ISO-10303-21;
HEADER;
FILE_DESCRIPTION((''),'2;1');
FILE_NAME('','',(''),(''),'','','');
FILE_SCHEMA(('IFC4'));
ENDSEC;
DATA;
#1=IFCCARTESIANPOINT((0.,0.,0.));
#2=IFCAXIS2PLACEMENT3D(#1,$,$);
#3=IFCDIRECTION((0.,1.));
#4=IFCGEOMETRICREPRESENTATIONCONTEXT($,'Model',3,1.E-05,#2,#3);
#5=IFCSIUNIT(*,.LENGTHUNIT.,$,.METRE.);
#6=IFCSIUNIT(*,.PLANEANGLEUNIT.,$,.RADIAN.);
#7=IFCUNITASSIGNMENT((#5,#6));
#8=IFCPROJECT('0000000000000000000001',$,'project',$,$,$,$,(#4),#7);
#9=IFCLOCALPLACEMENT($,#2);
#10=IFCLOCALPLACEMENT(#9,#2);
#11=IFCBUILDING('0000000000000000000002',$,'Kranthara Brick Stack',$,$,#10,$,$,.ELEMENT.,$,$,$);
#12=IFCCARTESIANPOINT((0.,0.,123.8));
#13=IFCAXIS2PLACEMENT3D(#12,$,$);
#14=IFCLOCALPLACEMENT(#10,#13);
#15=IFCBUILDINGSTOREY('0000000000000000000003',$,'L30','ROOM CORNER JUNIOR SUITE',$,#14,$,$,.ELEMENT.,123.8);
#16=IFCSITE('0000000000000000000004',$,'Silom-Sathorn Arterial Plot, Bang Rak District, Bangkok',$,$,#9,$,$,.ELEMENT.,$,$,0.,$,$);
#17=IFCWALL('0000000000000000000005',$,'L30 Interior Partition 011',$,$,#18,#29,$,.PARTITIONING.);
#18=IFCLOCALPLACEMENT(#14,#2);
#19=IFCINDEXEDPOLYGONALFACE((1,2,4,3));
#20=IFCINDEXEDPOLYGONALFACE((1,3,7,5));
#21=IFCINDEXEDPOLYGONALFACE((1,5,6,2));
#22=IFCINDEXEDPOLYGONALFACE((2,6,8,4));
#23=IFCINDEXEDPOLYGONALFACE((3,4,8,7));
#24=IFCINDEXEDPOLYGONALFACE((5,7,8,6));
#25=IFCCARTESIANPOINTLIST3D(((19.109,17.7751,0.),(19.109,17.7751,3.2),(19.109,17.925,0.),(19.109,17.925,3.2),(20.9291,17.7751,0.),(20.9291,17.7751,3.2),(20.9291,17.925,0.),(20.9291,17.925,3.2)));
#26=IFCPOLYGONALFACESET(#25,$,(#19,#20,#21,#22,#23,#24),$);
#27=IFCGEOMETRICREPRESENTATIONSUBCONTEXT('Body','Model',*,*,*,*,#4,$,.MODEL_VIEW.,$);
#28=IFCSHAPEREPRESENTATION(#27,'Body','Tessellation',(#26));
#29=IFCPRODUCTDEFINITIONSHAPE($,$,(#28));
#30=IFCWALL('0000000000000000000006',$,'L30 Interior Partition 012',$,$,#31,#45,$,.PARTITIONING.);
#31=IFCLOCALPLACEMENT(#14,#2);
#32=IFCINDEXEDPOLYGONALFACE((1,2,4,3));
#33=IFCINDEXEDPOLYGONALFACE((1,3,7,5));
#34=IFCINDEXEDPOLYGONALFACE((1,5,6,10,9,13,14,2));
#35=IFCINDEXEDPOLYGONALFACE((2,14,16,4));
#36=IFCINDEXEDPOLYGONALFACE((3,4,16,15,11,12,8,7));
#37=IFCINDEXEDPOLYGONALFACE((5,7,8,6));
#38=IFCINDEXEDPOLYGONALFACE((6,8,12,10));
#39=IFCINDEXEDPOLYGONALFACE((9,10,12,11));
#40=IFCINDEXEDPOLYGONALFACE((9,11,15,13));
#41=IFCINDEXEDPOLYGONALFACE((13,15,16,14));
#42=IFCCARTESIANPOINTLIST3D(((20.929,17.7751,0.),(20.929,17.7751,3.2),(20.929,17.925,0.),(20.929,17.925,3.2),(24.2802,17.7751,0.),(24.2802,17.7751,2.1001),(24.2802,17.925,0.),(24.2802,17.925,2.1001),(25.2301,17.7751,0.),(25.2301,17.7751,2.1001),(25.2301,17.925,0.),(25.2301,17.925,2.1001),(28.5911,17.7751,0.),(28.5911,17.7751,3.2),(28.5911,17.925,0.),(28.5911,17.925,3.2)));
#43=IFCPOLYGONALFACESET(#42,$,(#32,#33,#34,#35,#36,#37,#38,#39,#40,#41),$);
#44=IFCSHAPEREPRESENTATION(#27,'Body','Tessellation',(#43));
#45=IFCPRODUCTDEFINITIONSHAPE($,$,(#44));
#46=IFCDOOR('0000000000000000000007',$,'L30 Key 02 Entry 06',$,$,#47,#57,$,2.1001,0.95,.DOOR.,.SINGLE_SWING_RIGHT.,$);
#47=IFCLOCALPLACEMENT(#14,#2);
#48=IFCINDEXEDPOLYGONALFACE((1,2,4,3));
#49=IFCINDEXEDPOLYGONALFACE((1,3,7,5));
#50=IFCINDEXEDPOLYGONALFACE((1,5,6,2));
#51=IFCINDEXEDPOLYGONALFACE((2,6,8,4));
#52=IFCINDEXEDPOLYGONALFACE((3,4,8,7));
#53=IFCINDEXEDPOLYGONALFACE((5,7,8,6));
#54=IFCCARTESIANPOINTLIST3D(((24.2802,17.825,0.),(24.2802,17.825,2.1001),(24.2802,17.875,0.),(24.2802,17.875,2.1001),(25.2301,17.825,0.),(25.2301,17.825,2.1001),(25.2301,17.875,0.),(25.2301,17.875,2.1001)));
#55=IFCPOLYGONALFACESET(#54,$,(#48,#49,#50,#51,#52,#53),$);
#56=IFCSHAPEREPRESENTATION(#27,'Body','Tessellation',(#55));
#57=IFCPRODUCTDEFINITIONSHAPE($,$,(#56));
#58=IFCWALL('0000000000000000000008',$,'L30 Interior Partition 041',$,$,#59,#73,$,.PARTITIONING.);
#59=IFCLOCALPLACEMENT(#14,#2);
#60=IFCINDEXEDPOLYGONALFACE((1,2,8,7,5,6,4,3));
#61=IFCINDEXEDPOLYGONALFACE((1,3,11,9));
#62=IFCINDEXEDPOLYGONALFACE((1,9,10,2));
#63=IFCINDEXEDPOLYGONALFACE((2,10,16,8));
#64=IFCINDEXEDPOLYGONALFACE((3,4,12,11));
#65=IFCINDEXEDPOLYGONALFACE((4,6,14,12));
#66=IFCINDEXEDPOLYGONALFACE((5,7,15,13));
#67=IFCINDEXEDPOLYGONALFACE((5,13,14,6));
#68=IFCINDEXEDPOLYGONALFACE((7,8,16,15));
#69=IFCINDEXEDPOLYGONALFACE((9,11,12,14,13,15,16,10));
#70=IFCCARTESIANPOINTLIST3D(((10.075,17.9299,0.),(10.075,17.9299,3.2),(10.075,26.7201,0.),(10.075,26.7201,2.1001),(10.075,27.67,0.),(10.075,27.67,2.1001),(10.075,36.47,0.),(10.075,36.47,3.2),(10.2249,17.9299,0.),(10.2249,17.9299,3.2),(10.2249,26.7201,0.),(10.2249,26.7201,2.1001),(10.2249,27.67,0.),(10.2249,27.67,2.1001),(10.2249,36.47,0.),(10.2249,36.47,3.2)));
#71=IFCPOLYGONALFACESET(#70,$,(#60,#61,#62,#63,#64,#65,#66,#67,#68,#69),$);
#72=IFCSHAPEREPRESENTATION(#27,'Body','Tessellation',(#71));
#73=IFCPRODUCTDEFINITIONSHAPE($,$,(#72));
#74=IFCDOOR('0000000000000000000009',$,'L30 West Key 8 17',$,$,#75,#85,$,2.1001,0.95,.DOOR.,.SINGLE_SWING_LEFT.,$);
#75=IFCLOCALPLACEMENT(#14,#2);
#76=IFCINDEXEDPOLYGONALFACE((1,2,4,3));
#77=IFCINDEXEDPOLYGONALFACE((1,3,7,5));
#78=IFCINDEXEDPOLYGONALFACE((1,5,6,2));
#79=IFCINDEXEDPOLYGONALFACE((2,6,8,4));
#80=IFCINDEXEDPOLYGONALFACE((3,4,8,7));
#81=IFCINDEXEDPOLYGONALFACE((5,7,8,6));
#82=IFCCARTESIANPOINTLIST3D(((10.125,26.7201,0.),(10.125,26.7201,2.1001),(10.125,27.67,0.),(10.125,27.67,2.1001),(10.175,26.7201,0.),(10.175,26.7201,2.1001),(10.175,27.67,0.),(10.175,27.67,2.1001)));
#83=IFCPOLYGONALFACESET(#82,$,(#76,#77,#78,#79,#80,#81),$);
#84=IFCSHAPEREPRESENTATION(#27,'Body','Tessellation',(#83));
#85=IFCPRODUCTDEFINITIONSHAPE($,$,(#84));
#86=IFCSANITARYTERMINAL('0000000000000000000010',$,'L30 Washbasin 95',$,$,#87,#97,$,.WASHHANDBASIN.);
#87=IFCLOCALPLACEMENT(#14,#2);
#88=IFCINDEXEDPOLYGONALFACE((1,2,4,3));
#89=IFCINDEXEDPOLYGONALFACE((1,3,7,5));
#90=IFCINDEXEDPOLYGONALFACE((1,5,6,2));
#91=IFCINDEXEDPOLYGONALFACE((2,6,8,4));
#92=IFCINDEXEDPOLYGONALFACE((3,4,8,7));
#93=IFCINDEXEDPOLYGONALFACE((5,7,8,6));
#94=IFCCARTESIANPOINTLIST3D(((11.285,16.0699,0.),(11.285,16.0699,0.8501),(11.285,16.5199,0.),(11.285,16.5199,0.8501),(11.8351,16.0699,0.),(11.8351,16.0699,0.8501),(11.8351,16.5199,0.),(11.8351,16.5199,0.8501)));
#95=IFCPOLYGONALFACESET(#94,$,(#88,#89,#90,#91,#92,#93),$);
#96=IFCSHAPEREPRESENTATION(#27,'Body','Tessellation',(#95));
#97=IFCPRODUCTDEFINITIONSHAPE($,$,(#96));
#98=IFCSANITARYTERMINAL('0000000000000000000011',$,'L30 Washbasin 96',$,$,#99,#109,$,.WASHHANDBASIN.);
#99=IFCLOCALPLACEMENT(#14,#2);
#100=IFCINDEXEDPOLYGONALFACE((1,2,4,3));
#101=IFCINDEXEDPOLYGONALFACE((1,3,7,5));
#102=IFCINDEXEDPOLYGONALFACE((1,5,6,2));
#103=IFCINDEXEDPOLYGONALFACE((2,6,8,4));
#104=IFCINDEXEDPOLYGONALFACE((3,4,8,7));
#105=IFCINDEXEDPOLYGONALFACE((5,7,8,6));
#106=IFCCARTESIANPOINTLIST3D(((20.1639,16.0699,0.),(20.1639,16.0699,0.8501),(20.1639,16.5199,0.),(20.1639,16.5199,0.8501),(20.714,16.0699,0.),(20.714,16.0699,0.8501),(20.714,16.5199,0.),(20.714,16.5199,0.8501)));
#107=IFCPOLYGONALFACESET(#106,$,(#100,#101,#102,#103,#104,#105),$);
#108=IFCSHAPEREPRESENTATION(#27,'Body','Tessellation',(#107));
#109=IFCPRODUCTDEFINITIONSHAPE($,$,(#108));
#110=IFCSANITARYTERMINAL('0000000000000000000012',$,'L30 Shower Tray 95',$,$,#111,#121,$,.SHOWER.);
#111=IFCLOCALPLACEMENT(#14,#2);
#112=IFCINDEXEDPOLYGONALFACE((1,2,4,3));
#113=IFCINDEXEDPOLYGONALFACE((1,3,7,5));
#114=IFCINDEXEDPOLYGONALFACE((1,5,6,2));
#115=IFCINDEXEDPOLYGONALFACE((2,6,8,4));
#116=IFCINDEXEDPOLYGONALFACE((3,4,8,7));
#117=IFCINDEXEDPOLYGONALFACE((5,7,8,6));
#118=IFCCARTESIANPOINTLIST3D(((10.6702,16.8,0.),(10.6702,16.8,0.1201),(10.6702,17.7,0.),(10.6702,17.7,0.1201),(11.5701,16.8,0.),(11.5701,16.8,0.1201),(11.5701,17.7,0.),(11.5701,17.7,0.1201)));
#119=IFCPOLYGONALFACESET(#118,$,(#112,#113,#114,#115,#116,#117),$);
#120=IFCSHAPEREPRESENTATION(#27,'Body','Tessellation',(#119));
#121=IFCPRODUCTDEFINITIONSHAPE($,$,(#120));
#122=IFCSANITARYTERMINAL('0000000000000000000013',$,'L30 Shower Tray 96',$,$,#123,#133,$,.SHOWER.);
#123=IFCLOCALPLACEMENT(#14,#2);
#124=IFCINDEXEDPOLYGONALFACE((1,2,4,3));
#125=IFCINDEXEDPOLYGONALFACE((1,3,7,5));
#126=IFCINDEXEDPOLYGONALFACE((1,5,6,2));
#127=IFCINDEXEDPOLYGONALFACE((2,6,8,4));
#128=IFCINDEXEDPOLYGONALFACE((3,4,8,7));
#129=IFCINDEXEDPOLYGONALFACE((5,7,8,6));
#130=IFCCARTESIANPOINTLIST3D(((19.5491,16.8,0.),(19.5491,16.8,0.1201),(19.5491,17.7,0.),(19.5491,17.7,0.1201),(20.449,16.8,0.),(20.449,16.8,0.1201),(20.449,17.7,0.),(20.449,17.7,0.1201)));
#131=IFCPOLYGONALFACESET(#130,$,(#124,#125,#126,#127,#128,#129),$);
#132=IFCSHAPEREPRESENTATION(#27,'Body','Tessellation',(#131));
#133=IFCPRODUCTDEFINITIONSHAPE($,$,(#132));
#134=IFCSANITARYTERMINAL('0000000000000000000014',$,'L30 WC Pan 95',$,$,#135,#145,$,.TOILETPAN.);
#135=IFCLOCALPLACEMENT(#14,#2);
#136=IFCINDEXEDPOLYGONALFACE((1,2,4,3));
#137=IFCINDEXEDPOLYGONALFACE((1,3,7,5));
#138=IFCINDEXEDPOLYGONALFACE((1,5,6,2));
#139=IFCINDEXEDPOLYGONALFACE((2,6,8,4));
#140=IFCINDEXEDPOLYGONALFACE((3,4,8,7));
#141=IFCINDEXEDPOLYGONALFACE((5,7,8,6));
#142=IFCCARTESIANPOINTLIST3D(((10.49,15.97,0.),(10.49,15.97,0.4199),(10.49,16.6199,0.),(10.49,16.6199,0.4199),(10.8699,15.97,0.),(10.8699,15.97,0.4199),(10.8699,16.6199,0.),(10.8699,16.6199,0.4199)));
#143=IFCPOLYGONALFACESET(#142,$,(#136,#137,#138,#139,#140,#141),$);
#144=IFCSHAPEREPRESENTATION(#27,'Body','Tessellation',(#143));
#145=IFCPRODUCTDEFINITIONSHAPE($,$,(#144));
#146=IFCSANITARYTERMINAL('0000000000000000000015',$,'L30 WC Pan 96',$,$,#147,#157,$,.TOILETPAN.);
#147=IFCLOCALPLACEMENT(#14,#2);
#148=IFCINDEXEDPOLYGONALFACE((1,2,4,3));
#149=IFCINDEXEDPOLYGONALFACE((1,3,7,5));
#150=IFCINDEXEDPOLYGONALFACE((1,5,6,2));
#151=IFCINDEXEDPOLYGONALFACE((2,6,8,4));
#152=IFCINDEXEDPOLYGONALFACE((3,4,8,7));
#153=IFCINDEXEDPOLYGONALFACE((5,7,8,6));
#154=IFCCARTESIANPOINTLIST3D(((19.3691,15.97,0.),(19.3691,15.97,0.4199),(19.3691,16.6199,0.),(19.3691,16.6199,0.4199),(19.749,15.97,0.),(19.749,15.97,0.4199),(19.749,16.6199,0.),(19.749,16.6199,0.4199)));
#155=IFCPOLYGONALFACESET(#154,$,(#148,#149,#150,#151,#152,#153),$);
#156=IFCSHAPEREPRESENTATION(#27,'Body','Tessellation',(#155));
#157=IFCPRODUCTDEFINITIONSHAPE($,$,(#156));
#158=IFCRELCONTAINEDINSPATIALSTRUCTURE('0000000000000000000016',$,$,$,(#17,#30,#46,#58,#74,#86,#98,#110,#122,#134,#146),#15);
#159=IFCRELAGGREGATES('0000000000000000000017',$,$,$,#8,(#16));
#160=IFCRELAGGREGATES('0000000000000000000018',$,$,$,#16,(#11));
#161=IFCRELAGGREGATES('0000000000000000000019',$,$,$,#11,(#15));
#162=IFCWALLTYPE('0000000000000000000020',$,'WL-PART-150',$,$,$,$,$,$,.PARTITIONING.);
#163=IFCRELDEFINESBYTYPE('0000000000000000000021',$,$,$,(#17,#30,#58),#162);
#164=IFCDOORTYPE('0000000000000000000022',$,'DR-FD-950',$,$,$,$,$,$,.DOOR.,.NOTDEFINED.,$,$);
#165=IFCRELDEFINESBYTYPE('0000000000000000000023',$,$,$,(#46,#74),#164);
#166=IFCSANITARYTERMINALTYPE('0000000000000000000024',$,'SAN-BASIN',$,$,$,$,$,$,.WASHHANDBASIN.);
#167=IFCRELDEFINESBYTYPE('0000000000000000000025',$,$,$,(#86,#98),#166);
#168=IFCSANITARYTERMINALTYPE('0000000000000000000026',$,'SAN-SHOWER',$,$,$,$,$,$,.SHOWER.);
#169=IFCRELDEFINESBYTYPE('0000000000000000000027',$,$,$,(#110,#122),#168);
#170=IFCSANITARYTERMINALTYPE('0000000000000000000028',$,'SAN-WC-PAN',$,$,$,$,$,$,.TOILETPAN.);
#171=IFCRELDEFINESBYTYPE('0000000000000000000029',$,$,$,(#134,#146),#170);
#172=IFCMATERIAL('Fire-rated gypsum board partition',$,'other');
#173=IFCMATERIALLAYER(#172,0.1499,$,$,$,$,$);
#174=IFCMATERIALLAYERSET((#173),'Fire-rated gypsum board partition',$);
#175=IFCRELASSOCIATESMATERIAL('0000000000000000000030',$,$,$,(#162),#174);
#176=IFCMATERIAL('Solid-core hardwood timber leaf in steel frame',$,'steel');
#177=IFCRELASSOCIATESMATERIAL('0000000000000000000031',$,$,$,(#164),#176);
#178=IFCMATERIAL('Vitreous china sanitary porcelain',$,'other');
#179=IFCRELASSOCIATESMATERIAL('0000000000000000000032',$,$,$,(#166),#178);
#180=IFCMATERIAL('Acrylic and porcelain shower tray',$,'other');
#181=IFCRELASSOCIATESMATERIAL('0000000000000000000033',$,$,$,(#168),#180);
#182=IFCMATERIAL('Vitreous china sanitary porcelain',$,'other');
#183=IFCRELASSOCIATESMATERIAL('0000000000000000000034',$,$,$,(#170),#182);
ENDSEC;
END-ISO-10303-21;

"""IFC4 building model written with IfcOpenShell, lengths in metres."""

from ifc_helpers import new_model, si_unit, direction, frame, frame_2d, origin, origin_2d, place, context, subcontext, project, spatial, rectangle, extrude, material, layer, layer_set, type_object, element, fill, save


model = new_model("IFC4")

# Units and contexts
model_context = context("Model", 3, precision=1e-05, world=origin(), true_north=direction((0.0, 1.0)))
body_context = subcontext(model_context, "Body", "Model", "MODEL_VIEW")
ifc_project = project(units=[si_unit("LENGTHUNIT", "METRE"), si_unit("PLANEANGLEUNIT", "RADIAN")], contexts=[model_context])

# Site, building, storey
site_placement = place(None, origin())
site = spatial("IfcSite", under=ifc_project, at=site_placement, Name="Silom-Sathorn Arterial Plot, Bang Rak District, Bangkok", CompositionType="ELEMENT", RefElevation=0.0)
building_placement = place(site_placement, origin())
building = spatial("IfcBuilding", under=site, at=building_placement, Name="Kranthara Brick Stack", CompositionType="ELEMENT")
storey_placement = place(building_placement, frame((0.0, 0.0, 123.8)))
storey = spatial("IfcBuildingStorey", under=building, at=storey_placement, Name="L30", Description="ROOM CORNER JUNIOR SUITE", CompositionType="ELEMENT", Elevation=123.8)

# Shared definitions
ifc_material_1 = material(Name="Fire-rated gypsum board partition", Category="other")
ifc_layer_1 = layer(ifc_material_1, 0.1499)
ifc_layer_set_1 = layer_set([ifc_layer_1], Name="Fire-rated gypsum board partition")
wall_type_1 = type_object("IfcWallType", Name="WL-PART-150", PredefinedType="PARTITIONING", material=ifc_layer_set_1)

# Shared definitions
ifc_material_2 = material(Name="Solid-core hardwood timber leaf in steel frame", Category="steel")
door_type_1 = type_object("IfcDoorType", Name="DR-FD-950", OperationType="NOTDEFINED", PredefinedType="DOOR", material=ifc_material_2)

# Wall
wall_1_placement = place(storey_placement, frame((19.1089, 17.8501, 0.0), z_axis=(0.0, 0.0, 1.0), x_axis=(1.0, 0.0, 0.0)))
element("IfcWall", 1, at=wall_1_placement, inside=storey, type_object=wall_type_1, Name="L30 Interior Partition 011", PredefinedType="PARTITIONING", context=body_context, shape_type="SweptSolid", body=[
    extrude(rectangle(XDim=1.8201, YDim=0.1499, at=frame_2d((0.9102, 0.0))), origin(), (0.0, 0.0, 1.0), 3.2),
])

# Walls, openings, doors
wall_2_placement = place(storey_placement, frame((20.929, 17.8501, 0.0), z_axis=(0.0, 0.0, 1.0), x_axis=(1.0, 0.0, 0.0)))
wall_2 = element("IfcWall", 2, at=wall_2_placement, inside=storey, type_object=wall_type_1, Name="L30 Interior Partition 012", PredefinedType="PARTITIONING", context=body_context, shape_type="SweptSolid", body=[
    extrude(rectangle(XDim=7.6621, YDim=0.1499, at=frame_2d((3.8311, 0.0))), origin(), (0.0, 0.0, 1.0), 3.2),
])
opening_1_placement = place(wall_2_placement, frame((3.3511, 0.0, 0.0)))
opening_1 = element("IfcOpeningElement", 3, at=opening_1_placement, cuts=wall_2, PredefinedType="OPENING", context=body_context, shape_type="SweptSolid", body=[
    extrude(rectangle(XDim=0.95, YDim=2.1001, at=frame_2d((0.4751, 1.05))), frame((0.0, 0.085, 0.0), z_axis=(0.0, -1.0, 0.0), x_axis=(1.0, 0.0, 0.0)), (0.0, 0.0, 1.0), 0.1699),
])
door_1_placement = place(opening_1_placement, origin())
door_1 = element("IfcDoor", 4, at=door_1_placement, inside=storey, type_object=door_type_1, Name="L30 Key 02 Entry 06", OperationType="SINGLE_SWING_RIGHT", OverallHeight=2.1001, OverallWidth=0.95, PredefinedType="DOOR", context=body_context, shape_type="SweptSolid", body=[
    extrude(rectangle(XDim=0.95, YDim=2.1001, at=frame_2d((0.4751, 1.05))), frame((0.0, 0.0249, 0.0), z_axis=(0.0, -1.0, 0.0), x_axis=(1.0, 0.0, 0.0)), (0.0, 0.0, 1.0), 0.05),
])
fill(opening_1, door_1)
wall_3_placement = place(storey_placement, frame((10.1499, 17.9299, 0.0), z_axis=(0.0, 0.0, 1.0), x_axis=(0.0, 1.0, 0.0)))
wall_3 = element("IfcWall", 5, at=wall_3_placement, inside=storey, type_object=wall_type_1, Name="L30 Interior Partition 041", PredefinedType="PARTITIONING", context=body_context, shape_type="SweptSolid", body=[
    extrude(rectangle(XDim=18.54, YDim=0.1499, at=frame_2d((9.27, 0.0))), origin(), (0.0, 0.0, 1.0), 3.2),
])
opening_2_placement = place(wall_3_placement, frame((8.79, 0.0, 0.0)))
opening_2 = element("IfcOpeningElement", 6, at=opening_2_placement, cuts=wall_3, PredefinedType="OPENING", context=body_context, shape_type="SweptSolid", body=[
    extrude(rectangle(XDim=0.95, YDim=2.1001, at=frame_2d((0.4751, 1.05))), frame((0.0, 0.085, 0.0), z_axis=(0.0, -1.0, 0.0), x_axis=(1.0, 0.0, 0.0)), (0.0, 0.0, 1.0), 0.1699),
])
door_2_placement = place(opening_2_placement, origin())
door_2 = element("IfcDoor", 7, at=door_2_placement, inside=storey, type_object=door_type_1, Name="L30 West Key 8 17", OperationType="SINGLE_SWING_LEFT", OverallHeight=2.1001, OverallWidth=0.95, PredefinedType="DOOR", context=body_context, shape_type="SweptSolid", body=[
    extrude(rectangle(XDim=0.95, YDim=2.1001, at=frame_2d((0.4751, 1.05))), frame((0.0, 0.0249, 0.0), z_axis=(0.0, -1.0, 0.0), x_axis=(1.0, 0.0, 0.0)), (0.0, 0.0, 1.0), 0.05),
])
fill(opening_2, door_2)

# Sanitary terminals
ifc_material_3 = material(Name="Vitreous china sanitary porcelain", Category="other")
sanitary_terminal_type_1 = type_object("IfcSanitaryTerminalType", Name="SAN-BASIN", PredefinedType="WASHHANDBASIN", material=ifc_material_3)
for number, where, z_axis, x_axis, name in (
    (8, (11.5601, 16.2949, 0.0), (0.0, 0.0, 1.0), (1.0, 0.0, 0.0), "L30 Washbasin 95"),
    (9, (20.439, 16.2949, 0.0), (0.0, 0.0, 1.0), (1.0, 0.0, 0.0), "L30 Washbasin 96"),
):
    element("IfcSanitaryTerminal", number, at=place(storey_placement, frame(where, z_axis=z_axis, x_axis=x_axis)), inside=storey, type_object=sanitary_terminal_type_1, Name=name, PredefinedType="WASHHANDBASIN", context=body_context, shape_type="SweptSolid", body=[
        extrude(rectangle(XDim=0.55, YDim=0.45, at=origin_2d()), origin(), (0.0, 0.0, 1.0), 0.8501),
    ])
ifc_material_4 = material(Name="Acrylic and porcelain shower tray", Category="other")
sanitary_terminal_type_2 = type_object("IfcSanitaryTerminalType", Name="SAN-SHOWER", PredefinedType="SHOWER", material=ifc_material_4)
for number, where, z_axis, x_axis, name in (
    (10, (11.1201, 17.25, 0.0), (0.0, 0.0, 1.0), (1.0, 0.0, 0.0), "L30 Shower Tray 95"),
    (11, (19.999, 17.25, 0.0), (0.0, 0.0, 1.0), (1.0, 0.0, 0.0), "L30 Shower Tray 96"),
):
    element("IfcSanitaryTerminal", number, at=place(storey_placement, frame(where, z_axis=z_axis, x_axis=x_axis)), inside=storey, type_object=sanitary_terminal_type_2, Name=name, PredefinedType="SHOWER", context=body_context, shape_type="SweptSolid", body=[
        extrude(rectangle(XDim=0.8999, YDim=0.8999, at=origin_2d()), origin(), (0.0, 0.0, 1.0), 0.1201),
    ])
ifc_material_5 = material(Name="Vitreous china sanitary porcelain", Category="other")
sanitary_terminal_type_3 = type_object("IfcSanitaryTerminalType", Name="SAN-WC-PAN", PredefinedType="TOILETPAN", material=ifc_material_5)
for number, where, z_axis, x_axis, name in (
    (12, (10.6799, 16.2949, 0.0), (0.0, 0.0, 1.0), (1.0, 0.0, 0.0), "L30 WC Pan 95"),
    (13, (19.5591, 16.2949, 0.0), (0.0, 0.0, 1.0), (1.0, 0.0, 0.0), "L30 WC Pan 96"),
):
    element("IfcSanitaryTerminal", number, at=place(storey_placement, frame(where, z_axis=z_axis, x_axis=x_axis)), inside=storey, type_object=sanitary_terminal_type_3, Name=name, PredefinedType="TOILETPAN", context=body_context, shape_type="SweptSolid", body=[
        extrude(rectangle(XDim=0.3799, YDim=0.6499, at=origin_2d()), origin(), (0.0, 0.0, 1.0), 0.4199),
    ])

save(model, "model.ifc")
